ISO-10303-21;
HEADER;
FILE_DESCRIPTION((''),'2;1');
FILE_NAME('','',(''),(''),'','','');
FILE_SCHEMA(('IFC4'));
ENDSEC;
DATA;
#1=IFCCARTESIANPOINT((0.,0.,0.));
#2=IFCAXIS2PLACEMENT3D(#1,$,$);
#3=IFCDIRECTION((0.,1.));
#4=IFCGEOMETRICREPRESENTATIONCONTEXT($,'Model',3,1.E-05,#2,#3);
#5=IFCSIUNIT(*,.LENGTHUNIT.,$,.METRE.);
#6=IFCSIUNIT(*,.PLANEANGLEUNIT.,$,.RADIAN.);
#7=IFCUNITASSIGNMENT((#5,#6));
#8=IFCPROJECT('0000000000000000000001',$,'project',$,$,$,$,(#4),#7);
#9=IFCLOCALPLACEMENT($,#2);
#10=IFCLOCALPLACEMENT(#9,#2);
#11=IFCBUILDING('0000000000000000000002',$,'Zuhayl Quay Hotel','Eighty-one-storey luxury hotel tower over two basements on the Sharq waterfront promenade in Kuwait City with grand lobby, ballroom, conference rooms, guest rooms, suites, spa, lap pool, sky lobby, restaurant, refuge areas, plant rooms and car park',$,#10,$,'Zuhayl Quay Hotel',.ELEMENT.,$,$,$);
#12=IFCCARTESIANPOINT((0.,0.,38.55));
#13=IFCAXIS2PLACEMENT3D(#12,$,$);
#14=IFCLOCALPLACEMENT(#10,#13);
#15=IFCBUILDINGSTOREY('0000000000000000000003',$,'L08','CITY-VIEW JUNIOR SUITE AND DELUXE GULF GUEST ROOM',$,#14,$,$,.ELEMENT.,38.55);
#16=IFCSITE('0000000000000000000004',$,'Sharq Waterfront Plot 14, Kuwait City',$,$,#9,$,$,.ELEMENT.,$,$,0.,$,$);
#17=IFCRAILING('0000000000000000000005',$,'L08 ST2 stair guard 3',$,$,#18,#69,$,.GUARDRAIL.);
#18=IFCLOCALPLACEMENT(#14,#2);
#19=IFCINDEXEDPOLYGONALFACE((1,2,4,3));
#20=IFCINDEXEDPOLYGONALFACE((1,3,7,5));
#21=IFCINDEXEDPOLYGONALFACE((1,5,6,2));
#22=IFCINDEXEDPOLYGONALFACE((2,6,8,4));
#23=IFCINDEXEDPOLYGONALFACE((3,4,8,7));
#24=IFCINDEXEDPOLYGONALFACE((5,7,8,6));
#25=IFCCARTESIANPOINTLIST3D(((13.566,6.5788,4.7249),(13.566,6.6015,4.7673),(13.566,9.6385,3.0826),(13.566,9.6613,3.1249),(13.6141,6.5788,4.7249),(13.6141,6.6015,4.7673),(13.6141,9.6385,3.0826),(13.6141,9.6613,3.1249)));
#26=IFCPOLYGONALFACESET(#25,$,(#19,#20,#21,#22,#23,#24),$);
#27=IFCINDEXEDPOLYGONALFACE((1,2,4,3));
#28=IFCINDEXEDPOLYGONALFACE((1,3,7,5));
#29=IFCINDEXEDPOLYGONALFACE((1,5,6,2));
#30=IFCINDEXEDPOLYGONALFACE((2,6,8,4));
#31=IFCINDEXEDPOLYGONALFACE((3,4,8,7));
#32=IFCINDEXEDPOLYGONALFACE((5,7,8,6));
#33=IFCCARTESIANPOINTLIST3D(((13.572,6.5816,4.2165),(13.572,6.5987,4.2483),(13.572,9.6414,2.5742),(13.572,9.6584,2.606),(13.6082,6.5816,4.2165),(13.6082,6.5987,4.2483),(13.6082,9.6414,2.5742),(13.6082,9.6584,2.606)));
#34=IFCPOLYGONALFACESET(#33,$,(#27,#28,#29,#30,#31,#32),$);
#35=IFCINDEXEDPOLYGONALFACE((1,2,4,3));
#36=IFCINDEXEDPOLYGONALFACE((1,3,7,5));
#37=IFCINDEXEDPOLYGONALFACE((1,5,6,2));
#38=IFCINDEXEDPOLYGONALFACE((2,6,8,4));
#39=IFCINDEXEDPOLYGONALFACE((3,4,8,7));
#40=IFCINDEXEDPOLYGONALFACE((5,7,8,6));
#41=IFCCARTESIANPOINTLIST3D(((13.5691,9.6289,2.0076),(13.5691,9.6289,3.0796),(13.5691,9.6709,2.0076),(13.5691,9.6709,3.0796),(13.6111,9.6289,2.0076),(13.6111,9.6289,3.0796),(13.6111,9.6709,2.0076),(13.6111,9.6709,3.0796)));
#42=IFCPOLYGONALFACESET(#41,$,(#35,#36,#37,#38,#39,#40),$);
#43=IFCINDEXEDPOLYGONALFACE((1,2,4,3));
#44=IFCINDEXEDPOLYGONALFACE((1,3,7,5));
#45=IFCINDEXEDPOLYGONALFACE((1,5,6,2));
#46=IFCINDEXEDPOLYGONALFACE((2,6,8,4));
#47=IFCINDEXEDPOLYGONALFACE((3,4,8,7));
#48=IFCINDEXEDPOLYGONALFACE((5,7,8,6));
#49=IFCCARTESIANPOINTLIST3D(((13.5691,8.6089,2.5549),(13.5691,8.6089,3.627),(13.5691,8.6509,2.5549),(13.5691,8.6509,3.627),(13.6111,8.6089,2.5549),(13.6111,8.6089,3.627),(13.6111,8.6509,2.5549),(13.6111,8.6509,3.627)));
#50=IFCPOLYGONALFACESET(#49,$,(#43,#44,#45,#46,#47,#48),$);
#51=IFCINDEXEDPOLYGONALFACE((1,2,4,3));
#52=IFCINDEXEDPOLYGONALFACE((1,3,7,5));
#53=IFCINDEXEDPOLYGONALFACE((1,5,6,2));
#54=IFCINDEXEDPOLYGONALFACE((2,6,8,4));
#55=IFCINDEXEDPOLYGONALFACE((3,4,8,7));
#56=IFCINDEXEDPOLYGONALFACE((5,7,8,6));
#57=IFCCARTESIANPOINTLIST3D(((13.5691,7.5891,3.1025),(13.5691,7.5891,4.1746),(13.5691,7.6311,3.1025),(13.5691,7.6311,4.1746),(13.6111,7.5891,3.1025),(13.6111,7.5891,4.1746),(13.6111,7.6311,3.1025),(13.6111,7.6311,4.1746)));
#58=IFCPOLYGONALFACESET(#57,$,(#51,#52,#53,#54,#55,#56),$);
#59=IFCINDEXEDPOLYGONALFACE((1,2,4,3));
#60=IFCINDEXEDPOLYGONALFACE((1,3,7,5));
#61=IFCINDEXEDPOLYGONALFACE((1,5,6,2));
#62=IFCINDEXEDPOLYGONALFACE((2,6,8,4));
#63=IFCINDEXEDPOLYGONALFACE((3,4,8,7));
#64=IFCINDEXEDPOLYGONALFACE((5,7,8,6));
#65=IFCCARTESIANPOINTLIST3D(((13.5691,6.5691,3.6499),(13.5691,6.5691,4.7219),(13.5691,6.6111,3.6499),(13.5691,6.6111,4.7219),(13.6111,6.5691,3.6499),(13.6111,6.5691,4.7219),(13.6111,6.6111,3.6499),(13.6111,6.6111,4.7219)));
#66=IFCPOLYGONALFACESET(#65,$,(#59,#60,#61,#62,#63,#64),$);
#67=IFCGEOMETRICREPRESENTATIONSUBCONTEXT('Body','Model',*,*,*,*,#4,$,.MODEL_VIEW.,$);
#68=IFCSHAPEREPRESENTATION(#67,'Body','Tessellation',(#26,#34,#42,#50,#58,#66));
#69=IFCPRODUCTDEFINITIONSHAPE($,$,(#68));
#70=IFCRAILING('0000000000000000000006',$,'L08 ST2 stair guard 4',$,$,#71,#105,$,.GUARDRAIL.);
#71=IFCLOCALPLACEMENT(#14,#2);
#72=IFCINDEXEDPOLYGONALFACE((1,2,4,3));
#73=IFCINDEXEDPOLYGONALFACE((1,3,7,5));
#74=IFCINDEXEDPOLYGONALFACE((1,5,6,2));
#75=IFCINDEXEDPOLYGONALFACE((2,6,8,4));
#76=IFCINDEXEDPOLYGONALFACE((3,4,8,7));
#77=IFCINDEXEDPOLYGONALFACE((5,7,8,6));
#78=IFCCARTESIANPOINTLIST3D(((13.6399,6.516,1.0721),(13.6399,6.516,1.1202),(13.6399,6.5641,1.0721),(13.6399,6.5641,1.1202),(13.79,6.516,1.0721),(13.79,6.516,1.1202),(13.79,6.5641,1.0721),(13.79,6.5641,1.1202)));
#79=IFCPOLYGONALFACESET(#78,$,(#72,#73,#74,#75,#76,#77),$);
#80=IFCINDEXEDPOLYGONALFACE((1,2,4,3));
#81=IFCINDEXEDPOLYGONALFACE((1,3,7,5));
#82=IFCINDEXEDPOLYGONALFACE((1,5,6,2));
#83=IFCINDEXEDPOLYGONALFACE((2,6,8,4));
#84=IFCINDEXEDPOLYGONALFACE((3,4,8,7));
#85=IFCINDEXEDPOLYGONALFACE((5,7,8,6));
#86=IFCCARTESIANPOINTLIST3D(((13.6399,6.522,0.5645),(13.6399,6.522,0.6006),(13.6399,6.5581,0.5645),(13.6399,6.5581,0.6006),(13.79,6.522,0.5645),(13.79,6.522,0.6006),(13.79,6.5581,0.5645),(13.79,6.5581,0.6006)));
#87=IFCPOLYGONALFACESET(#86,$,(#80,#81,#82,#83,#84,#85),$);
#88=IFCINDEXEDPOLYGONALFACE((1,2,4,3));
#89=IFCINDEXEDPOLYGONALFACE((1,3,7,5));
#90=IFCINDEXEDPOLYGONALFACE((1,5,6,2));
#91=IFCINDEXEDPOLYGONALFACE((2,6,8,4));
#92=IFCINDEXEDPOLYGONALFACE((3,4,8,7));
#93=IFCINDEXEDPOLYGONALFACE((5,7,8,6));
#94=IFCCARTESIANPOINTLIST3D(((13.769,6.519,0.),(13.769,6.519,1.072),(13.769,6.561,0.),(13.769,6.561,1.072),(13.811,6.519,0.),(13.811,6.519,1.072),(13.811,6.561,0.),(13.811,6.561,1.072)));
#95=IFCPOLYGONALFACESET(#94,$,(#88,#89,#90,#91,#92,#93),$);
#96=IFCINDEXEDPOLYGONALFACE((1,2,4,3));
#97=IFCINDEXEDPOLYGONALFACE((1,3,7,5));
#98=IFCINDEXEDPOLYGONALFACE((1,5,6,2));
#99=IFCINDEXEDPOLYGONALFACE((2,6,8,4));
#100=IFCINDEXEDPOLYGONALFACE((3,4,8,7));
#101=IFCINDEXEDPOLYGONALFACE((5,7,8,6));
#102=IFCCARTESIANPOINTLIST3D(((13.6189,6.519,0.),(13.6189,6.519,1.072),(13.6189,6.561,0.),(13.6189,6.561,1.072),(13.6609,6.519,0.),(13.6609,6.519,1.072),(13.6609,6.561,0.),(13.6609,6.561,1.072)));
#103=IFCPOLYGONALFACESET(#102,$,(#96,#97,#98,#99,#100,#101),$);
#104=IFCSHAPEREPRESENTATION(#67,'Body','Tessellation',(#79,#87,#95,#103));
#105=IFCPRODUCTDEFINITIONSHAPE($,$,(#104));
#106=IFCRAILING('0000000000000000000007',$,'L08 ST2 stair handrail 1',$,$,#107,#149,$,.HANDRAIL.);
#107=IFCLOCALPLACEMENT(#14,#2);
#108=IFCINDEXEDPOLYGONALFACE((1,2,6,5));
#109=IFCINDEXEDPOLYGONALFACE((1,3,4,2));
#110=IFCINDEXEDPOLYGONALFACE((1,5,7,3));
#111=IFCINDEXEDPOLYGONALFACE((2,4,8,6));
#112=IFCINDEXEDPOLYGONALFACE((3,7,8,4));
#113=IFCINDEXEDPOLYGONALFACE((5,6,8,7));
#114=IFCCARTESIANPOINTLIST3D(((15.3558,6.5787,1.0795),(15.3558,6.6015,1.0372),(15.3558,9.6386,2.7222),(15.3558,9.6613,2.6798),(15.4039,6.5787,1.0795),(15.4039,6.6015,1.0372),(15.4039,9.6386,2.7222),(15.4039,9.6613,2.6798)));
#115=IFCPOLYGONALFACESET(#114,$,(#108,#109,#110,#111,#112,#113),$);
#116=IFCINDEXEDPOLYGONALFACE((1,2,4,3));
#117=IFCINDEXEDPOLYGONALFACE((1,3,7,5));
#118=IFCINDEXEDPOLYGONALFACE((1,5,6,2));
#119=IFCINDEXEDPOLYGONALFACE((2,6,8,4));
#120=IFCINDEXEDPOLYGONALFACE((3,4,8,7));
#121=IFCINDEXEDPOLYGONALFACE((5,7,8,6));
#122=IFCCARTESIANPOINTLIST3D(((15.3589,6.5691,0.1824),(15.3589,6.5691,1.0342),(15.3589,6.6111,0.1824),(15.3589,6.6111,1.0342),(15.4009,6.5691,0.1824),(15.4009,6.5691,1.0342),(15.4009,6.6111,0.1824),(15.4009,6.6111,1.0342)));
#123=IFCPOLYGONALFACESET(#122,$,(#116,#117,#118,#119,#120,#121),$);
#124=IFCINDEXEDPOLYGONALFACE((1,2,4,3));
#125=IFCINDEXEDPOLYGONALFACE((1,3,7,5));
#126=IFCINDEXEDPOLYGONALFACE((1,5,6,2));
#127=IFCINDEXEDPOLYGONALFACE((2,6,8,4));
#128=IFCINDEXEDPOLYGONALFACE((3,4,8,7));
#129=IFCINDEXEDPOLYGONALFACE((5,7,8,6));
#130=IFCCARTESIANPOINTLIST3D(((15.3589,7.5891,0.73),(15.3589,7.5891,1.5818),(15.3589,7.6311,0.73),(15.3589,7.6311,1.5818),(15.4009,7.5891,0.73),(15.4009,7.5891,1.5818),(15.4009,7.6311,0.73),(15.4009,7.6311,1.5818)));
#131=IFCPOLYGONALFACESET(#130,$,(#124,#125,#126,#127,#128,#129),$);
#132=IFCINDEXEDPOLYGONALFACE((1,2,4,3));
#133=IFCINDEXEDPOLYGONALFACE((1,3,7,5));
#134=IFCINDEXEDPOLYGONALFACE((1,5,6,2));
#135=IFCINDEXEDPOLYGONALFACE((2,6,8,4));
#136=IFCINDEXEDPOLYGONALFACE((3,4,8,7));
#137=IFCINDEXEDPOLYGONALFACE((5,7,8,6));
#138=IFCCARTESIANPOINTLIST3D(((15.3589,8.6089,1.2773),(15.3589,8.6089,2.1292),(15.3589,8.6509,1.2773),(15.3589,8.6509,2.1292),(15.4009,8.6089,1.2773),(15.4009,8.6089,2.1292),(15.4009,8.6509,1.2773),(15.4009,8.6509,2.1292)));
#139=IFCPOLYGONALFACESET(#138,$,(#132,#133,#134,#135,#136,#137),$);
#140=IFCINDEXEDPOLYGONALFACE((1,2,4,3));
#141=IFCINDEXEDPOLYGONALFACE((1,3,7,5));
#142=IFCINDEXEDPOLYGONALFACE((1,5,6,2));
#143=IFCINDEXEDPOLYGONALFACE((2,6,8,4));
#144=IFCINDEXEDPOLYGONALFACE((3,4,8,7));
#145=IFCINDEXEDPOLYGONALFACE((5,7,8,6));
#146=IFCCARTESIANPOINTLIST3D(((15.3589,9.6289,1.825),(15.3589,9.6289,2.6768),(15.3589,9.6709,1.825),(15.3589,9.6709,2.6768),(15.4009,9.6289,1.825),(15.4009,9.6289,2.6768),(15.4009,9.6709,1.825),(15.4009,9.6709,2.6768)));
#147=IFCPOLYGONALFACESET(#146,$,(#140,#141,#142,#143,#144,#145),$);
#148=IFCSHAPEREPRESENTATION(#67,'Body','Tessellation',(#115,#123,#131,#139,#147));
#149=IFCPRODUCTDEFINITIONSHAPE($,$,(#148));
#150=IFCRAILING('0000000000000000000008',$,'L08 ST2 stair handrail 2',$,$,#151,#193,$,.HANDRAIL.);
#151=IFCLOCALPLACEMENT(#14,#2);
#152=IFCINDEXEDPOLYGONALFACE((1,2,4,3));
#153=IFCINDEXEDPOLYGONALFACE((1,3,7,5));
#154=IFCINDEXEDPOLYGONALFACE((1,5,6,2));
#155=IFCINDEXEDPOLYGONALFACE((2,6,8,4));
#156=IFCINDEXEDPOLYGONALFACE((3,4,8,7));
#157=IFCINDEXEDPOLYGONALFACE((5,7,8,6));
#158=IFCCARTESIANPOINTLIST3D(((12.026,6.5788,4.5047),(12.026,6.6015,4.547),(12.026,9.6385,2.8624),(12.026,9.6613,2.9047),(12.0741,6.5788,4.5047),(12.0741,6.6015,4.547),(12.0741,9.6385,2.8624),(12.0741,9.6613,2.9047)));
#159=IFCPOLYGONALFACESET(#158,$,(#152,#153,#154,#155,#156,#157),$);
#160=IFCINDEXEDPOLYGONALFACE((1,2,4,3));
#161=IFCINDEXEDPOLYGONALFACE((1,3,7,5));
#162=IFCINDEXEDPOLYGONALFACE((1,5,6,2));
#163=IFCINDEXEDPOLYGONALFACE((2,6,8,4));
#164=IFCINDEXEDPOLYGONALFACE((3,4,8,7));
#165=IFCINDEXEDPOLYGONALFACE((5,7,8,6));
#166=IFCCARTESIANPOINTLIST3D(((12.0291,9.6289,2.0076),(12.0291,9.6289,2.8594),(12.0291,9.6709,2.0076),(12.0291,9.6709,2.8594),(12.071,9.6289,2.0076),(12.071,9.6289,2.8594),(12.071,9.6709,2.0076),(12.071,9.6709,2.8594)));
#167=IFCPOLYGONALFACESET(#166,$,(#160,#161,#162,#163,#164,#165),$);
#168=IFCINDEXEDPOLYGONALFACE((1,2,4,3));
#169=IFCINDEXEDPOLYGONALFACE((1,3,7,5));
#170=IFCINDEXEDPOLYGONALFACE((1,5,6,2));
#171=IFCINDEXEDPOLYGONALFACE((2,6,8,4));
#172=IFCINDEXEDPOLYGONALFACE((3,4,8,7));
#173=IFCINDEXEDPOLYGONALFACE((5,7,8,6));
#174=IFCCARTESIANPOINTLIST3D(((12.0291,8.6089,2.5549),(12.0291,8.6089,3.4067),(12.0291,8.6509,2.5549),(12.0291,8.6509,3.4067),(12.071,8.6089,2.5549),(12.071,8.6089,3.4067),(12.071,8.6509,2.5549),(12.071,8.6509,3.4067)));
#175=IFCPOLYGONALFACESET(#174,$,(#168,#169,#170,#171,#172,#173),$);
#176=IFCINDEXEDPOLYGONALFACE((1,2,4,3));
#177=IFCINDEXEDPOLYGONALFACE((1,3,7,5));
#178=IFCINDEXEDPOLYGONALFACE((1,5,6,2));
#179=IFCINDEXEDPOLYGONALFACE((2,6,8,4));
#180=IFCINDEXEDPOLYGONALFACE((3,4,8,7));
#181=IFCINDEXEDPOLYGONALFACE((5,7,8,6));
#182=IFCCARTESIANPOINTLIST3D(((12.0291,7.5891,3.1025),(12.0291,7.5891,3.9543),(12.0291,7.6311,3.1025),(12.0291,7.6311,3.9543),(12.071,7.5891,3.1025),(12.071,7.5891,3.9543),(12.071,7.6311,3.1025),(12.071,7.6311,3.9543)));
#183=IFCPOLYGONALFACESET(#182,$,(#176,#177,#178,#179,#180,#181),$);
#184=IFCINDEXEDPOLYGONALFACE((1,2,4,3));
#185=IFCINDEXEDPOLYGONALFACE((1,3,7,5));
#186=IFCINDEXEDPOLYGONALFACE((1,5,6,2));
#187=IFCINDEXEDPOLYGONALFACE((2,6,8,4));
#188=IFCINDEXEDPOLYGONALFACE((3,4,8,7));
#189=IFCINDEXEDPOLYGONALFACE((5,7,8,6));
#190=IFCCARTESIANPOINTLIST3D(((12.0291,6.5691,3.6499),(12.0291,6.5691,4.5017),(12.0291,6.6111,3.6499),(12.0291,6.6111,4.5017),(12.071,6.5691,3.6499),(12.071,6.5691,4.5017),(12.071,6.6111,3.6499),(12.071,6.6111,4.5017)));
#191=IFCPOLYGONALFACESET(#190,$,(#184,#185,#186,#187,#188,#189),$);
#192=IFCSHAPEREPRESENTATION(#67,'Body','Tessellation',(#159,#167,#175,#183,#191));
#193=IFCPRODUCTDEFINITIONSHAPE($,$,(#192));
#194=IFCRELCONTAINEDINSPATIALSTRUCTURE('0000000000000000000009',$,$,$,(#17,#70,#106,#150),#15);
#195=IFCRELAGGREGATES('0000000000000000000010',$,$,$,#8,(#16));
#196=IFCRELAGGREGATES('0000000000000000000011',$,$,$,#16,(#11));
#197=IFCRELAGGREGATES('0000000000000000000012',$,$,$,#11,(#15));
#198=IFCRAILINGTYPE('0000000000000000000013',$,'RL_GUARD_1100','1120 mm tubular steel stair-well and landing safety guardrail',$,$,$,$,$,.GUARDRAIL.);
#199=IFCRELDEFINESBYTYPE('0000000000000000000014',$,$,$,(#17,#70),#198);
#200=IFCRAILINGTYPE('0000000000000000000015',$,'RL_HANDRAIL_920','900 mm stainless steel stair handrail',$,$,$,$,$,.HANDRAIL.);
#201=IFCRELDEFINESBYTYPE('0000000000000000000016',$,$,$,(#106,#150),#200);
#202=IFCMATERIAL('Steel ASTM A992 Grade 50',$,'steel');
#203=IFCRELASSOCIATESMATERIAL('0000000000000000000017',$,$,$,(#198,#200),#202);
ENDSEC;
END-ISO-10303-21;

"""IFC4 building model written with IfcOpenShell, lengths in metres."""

from ifc_helpers import new_model, si_unit, direction, frame, origin, origin_2d, place, context, subcontext, project, spatial, rectangle, extrude, material, type_object, element, save


model = new_model("IFC4")

# Units and contexts
model_context = context("Model", 3, precision=1e-05, world=origin(), true_north=direction((0.0, 1.0)))
body_context = subcontext(model_context, "Body", "Model", "MODEL_VIEW")
ifc_project = project(units=[si_unit("LENGTHUNIT", "METRE"), si_unit("PLANEANGLEUNIT", "RADIAN")], contexts=[model_context])

# Site, building, storey
site_placement = place(None, origin())
site = spatial("IfcSite", under=ifc_project, at=site_placement, Name="Sharq Waterfront Plot 14, Kuwait City", CompositionType="ELEMENT", RefElevation=0.0)
building_placement = place(site_placement, origin())
building = spatial("IfcBuilding", under=site, at=building_placement, Name="Zuhayl Quay Hotel", Description="Eighty-one-storey luxury hotel tower over two basements on the Sharq waterfront promenade in Kuwait City with grand lobby, ballroom, conference rooms, guest rooms, suites, spa, lap pool, sky lobby, restaurant, refuge areas, plant rooms and car park", LongName="Zuhayl Quay Hotel", CompositionType="ELEMENT")
storey_placement = place(building_placement, frame((0.0, 0.0, 38.55)))
storey = spatial("IfcBuildingStorey", under=building, at=storey_placement, Name="L08", Description="CITY-VIEW JUNIOR SUITE AND DELUXE GULF GUEST ROOM", CompositionType="ELEMENT", Elevation=38.55)

# Shared definitions
ifc_material_1 = material(Name="Steel ASTM A992 Grade 50", Category="steel")

# Railings
railing_type_1 = type_object("IfcRailingType", Name="RL_GUARD_1100", Description="1120 mm tubular steel stair-well and landing safety guardrail", PredefinedType="GUARDRAIL", material=ifc_material_1)
railing_1_placement = place(storey_placement, frame((13.5901, 9.6499, 2.0076)))
element("IfcRailing", 1, at=railing_1_placement, inside=storey, type_object=railing_type_1, Name="L08 ST2 stair guard 3", PredefinedType="GUARDRAIL", context=body_context, shape_type="SweptSolid", body=[
    extrude(rectangle(XDim=0.0481, YDim=0.0481, at=origin_2d()), frame((0.0, 0.0, 1.0962), z_axis=(0.0, -0.881102, 0.472926), x_axis=(1.0, 0.0, 0.0)), (0.0, 0.0, 1.0), 3.4727),
    extrude(rectangle(XDim=0.0361, YDim=0.0361, at=origin_2d()), frame((0.0, 0.0, 0.5825), z_axis=(0.0, -0.881102, 0.472926), x_axis=(1.0, 0.0, 0.0)), (0.0, 0.0, 1.0), 3.4727),
    extrude(rectangle(XDim=0.042, YDim=0.042, at=origin_2d()), origin(), (0.0, 0.0, 1.0), 1.072),
    extrude(rectangle(XDim=0.042, YDim=0.042, at=origin_2d()), frame((0.0, -1.02, 0.5474)), (0.0, 0.0, 1.0), 1.072),
    extrude(rectangle(XDim=0.042, YDim=0.042, at=origin_2d()), frame((0.0, -2.0398, 1.095)), (0.0, 0.0, 1.0), 1.072),
    extrude(rectangle(XDim=0.042, YDim=0.042, at=origin_2d()), frame((0.0, -3.0598, 1.6423)), (0.0, 0.0, 1.0), 1.072),
])
railing_2_placement = place(storey_placement, frame((13.79, 6.54, 0.0)))
element("IfcRailing", 2, at=railing_2_placement, inside=storey, type_object=railing_type_1, Name="L08 ST2 stair guard 4", PredefinedType="GUARDRAIL", context=body_context, shape_type="SweptSolid", body=[
    extrude(rectangle(XDim=0.0481, YDim=0.0481, at=origin_2d()), frame((0.0, 0.0, 1.0962), z_axis=(-1.0, 0.0, 0.0), x_axis=(0.0, -1.0, 0.0)), (0.0, 0.0, 1.0), 0.1501),
    extrude(rectangle(XDim=0.0361, YDim=0.0361, at=origin_2d()), frame((0.0, 0.0, 0.5825), z_axis=(-1.0, 0.0, 0.0), x_axis=(0.0, -1.0, 0.0)), (0.0, 0.0, 1.0), 0.1501),
    extrude(rectangle(XDim=0.042, YDim=0.042, at=origin_2d()), origin(), (0.0, 0.0, 1.0), 1.072),
    extrude(rectangle(XDim=0.042, YDim=0.042, at=origin_2d()), frame((-0.1501, 0.0, 0.0)), (0.0, 0.0, 1.0), 1.072),
])
railing_type_2 = type_object("IfcRailingType", Name="RL_HANDRAIL_920", Description="900 mm stainless steel stair handrail", PredefinedType="HANDRAIL", material=ifc_material_1)
railing_3_placement = place(storey_placement, frame((15.3799, 6.5901, 0.1824)))
element("IfcRailing", 3, at=railing_3_placement, inside=storey, type_object=railing_type_2, Name="L08 ST2 stair handrail 1", PredefinedType="HANDRAIL", context=body_context, shape_type="SweptSolid", body=[
    extrude(rectangle(XDim=0.0481, YDim=0.0481, at=origin_2d()), frame((0.0, 0.0, 0.876), z_axis=(0.0, 0.881073, 0.47298), x_axis=(-1.0, 0.0, 0.0)), (0.0, 0.0, 1.0), 3.4729),
    extrude(rectangle(XDim=0.042, YDim=0.042, at=origin_2d()), origin(), (0.0, 0.0, 1.0), 0.8518),
    extrude(rectangle(XDim=0.042, YDim=0.042, at=origin_2d()), frame((0.0, 1.02, 0.5476)), (0.0, 0.0, 1.0), 0.8518),
    extrude(rectangle(XDim=0.042, YDim=0.042, at=origin_2d()), frame((0.0, 2.0398, 1.095)), (0.0, 0.0, 1.0), 0.8518),
    extrude(rectangle(XDim=0.042, YDim=0.042, at=origin_2d()), frame((0.0, 3.0598, 1.6426)), (0.0, 0.0, 1.0), 0.8518),
])
railing_4_placement = place(storey_placement, frame((12.05, 9.6499, 2.0076)))
element("IfcRailing", 4, at=railing_4_placement, inside=storey, type_object=railing_type_2, Name="L08 ST2 stair handrail 2", PredefinedType="HANDRAIL", context=body_context, shape_type="SweptSolid", body=[
    extrude(rectangle(XDim=0.0481, YDim=0.0481, at=origin_2d()), frame((0.0, 0.0, 0.876), z_axis=(0.0, -0.881102, 0.472926), x_axis=(1.0, 0.0, 0.0)), (0.0, 0.0, 1.0), 3.4727),
    extrude(rectangle(XDim=0.042, YDim=0.042, at=origin_2d()), origin(), (0.0, 0.0, 1.0), 0.8518),
    extrude(rectangle(XDim=0.042, YDim=0.042, at=origin_2d()), frame((0.0, -1.02, 0.5474)), (0.0, 0.0, 1.0), 0.8518),
    extrude(rectangle(XDim=0.042, YDim=0.042, at=origin_2d()), frame((0.0, -2.0398, 1.095)), (0.0, 0.0, 1.0), 0.8518),
    extrude(rectangle(XDim=0.042, YDim=0.042, at=origin_2d()), frame((0.0, -3.0598, 1.6423)), (0.0, 0.0, 1.0), 0.8518),
])

save(model, "model.ifc")
